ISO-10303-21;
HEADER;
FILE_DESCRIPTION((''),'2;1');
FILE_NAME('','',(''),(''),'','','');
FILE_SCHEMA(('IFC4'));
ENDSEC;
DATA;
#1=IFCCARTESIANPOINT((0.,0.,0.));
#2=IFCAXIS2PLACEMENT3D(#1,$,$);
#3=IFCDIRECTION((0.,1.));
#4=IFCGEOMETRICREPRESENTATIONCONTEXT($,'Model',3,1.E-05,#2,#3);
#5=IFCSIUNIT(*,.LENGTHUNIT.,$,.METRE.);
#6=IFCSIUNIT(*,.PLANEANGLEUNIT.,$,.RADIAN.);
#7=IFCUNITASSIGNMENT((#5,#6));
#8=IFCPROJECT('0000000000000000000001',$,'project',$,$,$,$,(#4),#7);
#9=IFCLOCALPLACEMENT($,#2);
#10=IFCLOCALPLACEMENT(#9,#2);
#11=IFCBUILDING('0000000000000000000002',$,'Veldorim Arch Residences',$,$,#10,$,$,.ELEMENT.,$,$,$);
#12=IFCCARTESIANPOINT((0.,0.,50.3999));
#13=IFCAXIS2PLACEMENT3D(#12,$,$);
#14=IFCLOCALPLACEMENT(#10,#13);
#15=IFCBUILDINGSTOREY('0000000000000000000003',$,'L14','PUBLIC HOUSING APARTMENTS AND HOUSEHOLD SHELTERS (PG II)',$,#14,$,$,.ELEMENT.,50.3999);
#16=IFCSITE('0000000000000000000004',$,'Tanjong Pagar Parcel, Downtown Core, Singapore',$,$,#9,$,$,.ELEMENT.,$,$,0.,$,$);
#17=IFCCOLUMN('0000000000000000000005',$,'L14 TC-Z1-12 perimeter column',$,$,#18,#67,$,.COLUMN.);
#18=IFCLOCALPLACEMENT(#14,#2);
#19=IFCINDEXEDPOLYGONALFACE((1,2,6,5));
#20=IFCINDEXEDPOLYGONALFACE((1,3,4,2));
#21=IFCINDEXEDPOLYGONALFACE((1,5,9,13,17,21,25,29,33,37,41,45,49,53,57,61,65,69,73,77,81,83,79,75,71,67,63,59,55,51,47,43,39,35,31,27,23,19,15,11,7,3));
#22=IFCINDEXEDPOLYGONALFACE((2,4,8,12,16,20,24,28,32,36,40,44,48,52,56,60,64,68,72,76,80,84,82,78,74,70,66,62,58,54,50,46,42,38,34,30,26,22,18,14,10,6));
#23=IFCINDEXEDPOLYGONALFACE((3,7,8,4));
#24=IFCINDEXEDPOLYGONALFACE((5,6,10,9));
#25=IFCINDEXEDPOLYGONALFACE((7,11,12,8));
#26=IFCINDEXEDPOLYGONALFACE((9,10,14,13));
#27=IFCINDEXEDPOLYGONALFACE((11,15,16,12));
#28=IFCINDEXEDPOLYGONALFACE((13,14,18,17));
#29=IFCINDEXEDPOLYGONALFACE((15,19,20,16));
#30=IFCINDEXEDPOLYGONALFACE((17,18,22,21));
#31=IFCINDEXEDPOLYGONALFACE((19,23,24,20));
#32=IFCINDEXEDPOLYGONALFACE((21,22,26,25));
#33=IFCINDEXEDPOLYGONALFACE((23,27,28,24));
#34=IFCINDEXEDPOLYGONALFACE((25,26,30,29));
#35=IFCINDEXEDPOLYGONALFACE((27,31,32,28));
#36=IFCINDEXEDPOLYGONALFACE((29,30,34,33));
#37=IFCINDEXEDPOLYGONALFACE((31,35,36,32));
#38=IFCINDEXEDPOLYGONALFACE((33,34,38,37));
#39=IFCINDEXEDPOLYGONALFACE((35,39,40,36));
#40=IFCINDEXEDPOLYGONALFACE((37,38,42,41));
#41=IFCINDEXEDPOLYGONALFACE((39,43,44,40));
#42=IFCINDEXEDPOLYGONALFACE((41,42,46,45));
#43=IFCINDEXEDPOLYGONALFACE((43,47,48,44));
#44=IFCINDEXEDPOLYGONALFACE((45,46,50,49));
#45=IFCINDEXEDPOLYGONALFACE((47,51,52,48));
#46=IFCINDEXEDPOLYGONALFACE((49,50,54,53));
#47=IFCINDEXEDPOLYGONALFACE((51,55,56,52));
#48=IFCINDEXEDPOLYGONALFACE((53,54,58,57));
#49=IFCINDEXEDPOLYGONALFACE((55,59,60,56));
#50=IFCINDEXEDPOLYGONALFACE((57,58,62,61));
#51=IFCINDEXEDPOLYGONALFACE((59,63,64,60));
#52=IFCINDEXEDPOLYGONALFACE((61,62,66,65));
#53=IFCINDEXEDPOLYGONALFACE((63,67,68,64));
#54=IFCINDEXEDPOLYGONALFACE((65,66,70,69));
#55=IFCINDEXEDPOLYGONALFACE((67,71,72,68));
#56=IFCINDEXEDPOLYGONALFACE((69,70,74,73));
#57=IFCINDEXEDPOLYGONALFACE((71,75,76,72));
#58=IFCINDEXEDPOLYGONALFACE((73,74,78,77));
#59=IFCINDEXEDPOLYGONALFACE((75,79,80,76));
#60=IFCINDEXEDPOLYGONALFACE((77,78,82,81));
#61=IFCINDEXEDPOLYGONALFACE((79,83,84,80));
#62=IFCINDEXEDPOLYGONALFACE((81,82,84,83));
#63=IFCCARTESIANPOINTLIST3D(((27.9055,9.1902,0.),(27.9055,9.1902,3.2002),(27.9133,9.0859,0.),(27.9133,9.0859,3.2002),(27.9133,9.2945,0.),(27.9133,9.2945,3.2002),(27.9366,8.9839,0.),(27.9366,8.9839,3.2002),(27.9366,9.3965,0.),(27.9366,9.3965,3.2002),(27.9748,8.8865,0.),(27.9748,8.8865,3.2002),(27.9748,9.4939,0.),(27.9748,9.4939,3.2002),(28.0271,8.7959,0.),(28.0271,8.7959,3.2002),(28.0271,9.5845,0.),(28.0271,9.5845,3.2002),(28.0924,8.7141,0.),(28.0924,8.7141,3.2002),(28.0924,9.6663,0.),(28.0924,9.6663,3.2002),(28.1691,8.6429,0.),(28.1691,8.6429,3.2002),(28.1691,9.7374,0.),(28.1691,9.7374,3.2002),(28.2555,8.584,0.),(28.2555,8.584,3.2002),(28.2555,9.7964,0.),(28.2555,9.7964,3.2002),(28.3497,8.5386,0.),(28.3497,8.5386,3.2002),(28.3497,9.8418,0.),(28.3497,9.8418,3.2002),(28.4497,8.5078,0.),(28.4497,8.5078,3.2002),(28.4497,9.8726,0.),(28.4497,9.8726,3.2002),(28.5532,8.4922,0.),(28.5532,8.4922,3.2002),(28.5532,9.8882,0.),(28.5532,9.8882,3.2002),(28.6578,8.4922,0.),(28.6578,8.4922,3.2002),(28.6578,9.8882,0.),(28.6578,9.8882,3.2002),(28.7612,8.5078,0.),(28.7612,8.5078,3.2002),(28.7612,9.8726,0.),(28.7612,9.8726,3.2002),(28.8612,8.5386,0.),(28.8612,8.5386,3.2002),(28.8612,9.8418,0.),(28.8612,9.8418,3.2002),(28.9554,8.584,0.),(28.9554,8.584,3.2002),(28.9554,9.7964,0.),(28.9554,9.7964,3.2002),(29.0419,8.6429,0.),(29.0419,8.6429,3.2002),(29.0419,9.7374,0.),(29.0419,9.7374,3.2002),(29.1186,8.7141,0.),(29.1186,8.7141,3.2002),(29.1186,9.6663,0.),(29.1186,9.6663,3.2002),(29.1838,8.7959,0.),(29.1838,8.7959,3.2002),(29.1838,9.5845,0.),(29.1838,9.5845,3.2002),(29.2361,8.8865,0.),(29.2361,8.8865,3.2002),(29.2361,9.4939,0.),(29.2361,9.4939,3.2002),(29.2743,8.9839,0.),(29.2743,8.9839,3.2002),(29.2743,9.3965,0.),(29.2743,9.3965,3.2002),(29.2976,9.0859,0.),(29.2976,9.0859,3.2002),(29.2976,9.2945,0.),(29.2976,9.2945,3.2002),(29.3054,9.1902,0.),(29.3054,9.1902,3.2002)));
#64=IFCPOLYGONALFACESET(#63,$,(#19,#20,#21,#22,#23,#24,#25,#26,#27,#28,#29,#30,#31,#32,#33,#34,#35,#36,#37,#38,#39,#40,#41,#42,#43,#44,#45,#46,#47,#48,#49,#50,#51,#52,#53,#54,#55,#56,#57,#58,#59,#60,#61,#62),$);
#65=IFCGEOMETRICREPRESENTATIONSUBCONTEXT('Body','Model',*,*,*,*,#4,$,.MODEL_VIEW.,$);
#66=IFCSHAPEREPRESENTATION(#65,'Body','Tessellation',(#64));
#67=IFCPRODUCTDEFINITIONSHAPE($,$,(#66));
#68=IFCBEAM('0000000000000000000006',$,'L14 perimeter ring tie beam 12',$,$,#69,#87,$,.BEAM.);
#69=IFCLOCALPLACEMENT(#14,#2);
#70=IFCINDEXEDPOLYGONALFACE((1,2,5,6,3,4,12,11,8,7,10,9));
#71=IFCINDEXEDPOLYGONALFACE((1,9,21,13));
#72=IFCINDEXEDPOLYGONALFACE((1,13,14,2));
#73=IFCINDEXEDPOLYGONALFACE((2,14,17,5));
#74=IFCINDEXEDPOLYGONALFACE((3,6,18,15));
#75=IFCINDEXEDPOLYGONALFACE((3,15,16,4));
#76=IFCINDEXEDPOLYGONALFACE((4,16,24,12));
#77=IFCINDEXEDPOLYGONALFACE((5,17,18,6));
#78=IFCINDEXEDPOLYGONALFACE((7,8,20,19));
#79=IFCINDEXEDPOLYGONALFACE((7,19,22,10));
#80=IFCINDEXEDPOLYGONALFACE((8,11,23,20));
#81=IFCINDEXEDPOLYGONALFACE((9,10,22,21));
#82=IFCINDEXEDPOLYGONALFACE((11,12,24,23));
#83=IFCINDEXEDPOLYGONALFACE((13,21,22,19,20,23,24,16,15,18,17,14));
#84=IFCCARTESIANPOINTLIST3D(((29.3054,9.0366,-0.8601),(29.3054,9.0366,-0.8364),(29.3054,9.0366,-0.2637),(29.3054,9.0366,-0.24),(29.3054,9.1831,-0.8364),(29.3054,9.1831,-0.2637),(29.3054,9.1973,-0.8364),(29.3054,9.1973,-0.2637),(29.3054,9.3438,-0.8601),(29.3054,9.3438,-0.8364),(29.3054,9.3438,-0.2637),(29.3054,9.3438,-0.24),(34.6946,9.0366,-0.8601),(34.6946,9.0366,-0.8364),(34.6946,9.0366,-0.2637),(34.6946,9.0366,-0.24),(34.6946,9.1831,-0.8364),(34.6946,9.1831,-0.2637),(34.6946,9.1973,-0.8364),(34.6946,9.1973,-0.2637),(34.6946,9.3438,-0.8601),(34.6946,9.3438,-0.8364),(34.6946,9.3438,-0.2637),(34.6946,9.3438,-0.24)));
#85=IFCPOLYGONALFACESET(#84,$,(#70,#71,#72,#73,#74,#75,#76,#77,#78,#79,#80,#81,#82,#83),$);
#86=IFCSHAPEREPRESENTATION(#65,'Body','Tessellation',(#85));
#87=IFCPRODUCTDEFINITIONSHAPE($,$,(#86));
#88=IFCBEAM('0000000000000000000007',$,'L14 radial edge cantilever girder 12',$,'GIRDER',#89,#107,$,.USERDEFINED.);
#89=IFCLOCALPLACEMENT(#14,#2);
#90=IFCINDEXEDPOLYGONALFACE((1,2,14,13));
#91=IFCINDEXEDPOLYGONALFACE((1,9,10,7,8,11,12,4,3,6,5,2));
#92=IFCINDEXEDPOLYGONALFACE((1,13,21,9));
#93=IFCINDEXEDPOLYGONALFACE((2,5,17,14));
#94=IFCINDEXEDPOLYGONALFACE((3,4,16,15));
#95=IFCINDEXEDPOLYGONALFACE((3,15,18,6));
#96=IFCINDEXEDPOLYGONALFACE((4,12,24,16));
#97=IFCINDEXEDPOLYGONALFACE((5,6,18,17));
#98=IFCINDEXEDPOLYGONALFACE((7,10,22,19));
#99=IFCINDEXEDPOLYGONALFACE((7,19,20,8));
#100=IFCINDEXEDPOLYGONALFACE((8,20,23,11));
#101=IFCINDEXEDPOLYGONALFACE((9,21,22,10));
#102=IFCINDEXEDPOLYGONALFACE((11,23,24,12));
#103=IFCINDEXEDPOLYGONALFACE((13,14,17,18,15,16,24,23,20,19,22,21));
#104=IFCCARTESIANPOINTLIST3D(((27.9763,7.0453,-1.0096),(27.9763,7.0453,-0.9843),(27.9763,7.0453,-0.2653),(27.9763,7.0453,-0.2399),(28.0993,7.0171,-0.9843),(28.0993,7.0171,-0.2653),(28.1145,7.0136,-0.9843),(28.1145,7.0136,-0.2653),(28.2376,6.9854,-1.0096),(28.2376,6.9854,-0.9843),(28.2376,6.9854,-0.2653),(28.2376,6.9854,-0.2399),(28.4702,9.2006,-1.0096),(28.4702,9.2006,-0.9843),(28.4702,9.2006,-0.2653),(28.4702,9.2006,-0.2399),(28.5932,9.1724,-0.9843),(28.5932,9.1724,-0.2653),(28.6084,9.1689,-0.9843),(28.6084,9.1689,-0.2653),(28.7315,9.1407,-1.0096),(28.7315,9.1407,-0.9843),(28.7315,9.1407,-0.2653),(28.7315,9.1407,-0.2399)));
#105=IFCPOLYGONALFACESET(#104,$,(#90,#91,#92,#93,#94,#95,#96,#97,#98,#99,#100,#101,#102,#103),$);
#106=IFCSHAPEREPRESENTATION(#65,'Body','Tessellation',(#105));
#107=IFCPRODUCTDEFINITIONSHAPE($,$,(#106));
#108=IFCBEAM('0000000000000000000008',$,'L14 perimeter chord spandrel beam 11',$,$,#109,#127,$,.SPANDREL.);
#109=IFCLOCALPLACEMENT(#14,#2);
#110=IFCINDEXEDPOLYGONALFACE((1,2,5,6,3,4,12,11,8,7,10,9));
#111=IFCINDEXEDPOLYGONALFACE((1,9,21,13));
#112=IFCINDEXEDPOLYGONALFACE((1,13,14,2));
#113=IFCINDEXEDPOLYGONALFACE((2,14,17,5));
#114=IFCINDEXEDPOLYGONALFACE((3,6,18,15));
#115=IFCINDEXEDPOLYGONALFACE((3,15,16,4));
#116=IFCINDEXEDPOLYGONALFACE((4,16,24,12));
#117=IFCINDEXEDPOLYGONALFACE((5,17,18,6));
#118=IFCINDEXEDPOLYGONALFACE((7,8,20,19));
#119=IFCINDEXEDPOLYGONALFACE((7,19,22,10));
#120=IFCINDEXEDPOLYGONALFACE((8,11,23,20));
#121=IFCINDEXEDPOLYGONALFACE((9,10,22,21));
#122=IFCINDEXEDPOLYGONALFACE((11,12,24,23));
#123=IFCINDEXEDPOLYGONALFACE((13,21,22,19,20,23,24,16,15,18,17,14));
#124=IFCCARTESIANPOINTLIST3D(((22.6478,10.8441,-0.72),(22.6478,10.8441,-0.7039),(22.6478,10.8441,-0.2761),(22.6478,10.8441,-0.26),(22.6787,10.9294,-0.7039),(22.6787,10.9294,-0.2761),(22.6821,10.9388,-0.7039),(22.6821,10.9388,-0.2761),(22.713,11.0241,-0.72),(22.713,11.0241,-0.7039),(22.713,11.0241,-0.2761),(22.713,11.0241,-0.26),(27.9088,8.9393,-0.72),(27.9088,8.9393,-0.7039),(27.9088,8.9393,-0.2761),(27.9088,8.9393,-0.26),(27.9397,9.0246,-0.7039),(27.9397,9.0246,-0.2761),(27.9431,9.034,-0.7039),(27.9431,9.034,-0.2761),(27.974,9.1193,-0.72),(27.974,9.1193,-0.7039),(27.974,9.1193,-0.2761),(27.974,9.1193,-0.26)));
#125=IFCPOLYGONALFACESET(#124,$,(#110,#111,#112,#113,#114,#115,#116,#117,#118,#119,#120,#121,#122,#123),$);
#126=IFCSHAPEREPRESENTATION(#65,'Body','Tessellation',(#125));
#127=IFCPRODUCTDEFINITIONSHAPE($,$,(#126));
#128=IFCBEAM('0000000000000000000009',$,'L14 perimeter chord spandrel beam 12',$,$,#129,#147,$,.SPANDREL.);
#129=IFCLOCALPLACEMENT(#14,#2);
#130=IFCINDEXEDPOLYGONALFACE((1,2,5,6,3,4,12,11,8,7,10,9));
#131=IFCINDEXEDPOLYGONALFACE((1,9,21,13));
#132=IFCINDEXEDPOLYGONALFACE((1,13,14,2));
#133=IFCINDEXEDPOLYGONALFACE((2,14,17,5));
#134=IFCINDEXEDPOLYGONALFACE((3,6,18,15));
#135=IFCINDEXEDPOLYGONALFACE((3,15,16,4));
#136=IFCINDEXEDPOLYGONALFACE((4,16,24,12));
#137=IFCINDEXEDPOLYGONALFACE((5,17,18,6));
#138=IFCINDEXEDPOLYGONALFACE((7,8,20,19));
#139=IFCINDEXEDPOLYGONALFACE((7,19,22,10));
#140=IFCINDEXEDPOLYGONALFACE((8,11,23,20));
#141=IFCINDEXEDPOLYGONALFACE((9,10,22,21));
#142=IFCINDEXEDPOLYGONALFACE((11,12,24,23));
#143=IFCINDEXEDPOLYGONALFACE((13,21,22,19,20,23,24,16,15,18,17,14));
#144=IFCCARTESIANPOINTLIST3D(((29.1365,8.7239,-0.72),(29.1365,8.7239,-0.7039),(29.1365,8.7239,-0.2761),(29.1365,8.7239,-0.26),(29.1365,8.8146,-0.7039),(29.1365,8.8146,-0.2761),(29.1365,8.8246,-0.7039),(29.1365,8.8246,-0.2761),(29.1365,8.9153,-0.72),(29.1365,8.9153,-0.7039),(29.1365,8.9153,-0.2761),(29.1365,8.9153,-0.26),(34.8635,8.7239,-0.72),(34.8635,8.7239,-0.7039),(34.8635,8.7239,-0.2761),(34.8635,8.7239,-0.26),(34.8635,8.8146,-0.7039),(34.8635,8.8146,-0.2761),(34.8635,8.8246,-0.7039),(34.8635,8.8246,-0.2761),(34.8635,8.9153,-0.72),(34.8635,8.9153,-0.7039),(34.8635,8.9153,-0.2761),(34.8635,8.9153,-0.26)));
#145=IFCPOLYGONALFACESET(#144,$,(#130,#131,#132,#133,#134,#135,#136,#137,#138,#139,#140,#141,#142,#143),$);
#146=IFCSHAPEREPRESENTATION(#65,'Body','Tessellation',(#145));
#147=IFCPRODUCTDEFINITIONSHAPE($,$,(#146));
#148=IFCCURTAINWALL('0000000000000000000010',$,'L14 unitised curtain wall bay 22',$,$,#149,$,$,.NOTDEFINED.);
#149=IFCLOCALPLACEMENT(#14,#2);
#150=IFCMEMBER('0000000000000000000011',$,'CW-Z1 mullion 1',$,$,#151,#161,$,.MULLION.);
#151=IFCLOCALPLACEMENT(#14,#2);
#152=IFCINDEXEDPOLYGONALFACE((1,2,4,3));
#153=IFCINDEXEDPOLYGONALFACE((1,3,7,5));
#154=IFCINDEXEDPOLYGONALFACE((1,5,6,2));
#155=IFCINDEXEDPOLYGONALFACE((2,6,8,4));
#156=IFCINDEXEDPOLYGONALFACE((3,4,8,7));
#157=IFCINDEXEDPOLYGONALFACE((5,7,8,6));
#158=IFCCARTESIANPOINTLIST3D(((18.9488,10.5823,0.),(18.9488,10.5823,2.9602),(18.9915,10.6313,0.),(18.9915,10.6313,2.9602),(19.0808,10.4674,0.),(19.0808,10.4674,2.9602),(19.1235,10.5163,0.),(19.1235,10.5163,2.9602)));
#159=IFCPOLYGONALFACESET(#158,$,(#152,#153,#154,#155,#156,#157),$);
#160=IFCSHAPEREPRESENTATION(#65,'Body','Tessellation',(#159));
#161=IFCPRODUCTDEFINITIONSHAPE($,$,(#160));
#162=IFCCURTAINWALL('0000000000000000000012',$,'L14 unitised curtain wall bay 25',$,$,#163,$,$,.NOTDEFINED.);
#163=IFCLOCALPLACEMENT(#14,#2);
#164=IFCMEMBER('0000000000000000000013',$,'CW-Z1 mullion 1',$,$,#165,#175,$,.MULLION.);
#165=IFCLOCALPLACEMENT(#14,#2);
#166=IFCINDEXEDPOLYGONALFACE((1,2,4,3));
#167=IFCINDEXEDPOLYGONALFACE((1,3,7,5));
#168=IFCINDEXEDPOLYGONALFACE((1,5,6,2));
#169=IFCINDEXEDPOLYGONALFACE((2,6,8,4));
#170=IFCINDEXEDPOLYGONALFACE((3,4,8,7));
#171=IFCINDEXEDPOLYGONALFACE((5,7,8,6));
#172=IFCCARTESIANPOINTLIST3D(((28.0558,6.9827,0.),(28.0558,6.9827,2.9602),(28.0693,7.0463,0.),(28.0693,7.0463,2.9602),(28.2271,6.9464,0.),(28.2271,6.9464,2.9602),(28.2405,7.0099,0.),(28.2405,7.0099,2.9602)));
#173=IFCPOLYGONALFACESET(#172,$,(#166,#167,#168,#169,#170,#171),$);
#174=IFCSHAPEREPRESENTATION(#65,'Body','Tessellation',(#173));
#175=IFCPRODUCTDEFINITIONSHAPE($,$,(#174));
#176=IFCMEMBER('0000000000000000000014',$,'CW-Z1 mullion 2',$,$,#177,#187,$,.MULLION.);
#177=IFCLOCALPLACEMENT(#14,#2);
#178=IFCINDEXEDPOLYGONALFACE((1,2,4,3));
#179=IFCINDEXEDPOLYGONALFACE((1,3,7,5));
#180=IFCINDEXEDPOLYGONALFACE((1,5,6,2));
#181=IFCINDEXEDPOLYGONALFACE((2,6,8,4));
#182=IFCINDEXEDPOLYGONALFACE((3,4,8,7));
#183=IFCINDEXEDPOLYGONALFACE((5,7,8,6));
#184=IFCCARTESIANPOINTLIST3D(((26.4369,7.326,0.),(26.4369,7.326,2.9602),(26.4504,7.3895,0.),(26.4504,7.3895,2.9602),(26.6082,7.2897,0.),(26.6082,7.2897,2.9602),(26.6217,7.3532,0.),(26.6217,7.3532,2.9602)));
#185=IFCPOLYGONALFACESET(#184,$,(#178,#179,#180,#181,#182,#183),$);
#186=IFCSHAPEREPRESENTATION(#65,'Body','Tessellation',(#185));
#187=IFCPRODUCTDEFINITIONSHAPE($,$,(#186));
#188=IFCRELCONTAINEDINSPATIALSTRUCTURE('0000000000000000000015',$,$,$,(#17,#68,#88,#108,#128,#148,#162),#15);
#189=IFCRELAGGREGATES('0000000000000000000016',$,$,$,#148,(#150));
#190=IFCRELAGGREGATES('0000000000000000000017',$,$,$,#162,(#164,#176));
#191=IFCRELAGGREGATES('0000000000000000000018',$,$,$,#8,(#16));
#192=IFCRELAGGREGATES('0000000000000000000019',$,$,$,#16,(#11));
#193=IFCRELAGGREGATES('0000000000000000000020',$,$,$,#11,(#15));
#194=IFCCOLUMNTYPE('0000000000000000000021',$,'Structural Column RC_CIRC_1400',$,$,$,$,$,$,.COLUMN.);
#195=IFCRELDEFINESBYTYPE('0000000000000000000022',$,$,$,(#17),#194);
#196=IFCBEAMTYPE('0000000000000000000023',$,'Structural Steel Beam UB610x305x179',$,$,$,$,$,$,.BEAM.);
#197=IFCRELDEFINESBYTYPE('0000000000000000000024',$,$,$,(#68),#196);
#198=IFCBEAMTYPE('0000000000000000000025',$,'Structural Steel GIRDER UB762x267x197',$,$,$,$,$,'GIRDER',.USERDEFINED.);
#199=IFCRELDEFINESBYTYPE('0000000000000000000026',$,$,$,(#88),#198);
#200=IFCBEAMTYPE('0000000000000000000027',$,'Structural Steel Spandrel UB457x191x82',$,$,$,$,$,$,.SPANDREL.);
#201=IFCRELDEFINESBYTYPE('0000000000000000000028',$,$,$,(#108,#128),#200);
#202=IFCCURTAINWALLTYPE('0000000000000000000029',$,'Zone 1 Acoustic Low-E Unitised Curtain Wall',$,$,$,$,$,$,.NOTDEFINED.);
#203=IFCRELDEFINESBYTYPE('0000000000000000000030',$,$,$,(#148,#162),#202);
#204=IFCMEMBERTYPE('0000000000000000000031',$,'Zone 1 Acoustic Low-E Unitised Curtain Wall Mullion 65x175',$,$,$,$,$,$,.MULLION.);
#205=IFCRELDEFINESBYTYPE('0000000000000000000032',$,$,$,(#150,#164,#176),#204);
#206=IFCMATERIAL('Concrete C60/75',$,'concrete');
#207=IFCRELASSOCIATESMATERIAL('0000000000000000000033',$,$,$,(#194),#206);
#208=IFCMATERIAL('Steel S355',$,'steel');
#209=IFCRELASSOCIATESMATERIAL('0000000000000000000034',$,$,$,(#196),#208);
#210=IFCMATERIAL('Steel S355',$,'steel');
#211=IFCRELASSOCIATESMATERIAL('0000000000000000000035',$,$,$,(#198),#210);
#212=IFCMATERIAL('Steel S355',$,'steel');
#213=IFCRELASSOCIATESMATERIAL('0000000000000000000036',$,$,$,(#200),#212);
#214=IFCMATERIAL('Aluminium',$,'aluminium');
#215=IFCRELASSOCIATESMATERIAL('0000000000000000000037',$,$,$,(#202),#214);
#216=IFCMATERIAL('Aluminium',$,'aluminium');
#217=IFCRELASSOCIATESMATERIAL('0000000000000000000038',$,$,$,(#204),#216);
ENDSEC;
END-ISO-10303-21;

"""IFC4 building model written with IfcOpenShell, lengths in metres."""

from ifc_helpers import new_model, si_unit, direction, frame, origin, origin_2d, place, context, subcontext, project, spatial, rectangle, circle, i_section, extrude, material, material_profile, profile_set, type_object, element, aggregate, save


model = new_model("IFC4")

# Units and contexts
model_context = context("Model", 3, precision=1e-05, world=origin(), true_north=direction((0.0, 1.0)))
body_context = subcontext(model_context, "Body", "Model", "MODEL_VIEW")
ifc_project = project(units=[si_unit("LENGTHUNIT", "METRE"), si_unit("PLANEANGLEUNIT", "RADIAN")], contexts=[model_context])

# Site, building, storey
site_placement = place(None, origin())
site = spatial("IfcSite", under=ifc_project, at=site_placement, Name="Tanjong Pagar Parcel, Downtown Core, Singapore", CompositionType="ELEMENT", RefElevation=0.0)
building_placement = place(site_placement, origin())
building = spatial("IfcBuilding", under=site, at=building_placement, Name="Veldorim Arch Residences", CompositionType="ELEMENT")
storey_placement = place(building_placement, frame((0.0, 0.0, 50.3999)))
storey = spatial("IfcBuildingStorey", under=building, at=storey_placement, Name="L14", Description="PUBLIC HOUSING APARTMENTS AND HOUSEHOLD SHELTERS (PG II)", CompositionType="ELEMENT", Elevation=50.3999)

# Column
ifc_material_1 = material(Name="Concrete C60/75", Category="concrete")
ifc_material_profile_1 = material_profile(ifc_material_1, circle(Radius=0.7, at=origin_2d()), Name="RC_CIRC_1400")
ifc_profile_set_1 = profile_set([ifc_material_profile_1], Name="Concrete C60/75")
column_type = type_object("IfcColumnType", Name="Structural Column RC_CIRC_1400", PredefinedType="COLUMN", material=ifc_profile_set_1)
column_placement = place(storey_placement, frame((28.6055, 9.1902, 0.0), z_axis=(0.0, 0.0, 1.0), x_axis=(1.0, 0.0, 0.0)))
element("IfcColumn", 1, at=column_placement, inside=storey, type_object=column_type, Name="L14 TC-Z1-12 perimeter column", PredefinedType="COLUMN", context=body_context, shape_type="SweptSolid", body=[
    extrude(circle(Radius=0.7, at=origin_2d()), origin(), (0.0, 0.0, 1.0), 3.2002),
])

# Beams
ifc_material_2 = material(Name="Steel S355", Category="steel")
ifc_material_profile_2 = material_profile(ifc_material_2, i_section(OverallWidth=0.3071, OverallDepth=0.6201, WebThickness=0.0142, FlangeThickness=0.0237, at=origin_2d()), Name="UB610x305x179")
ifc_profile_set_2 = profile_set([ifc_material_profile_2], Name="Steel S355")
beam_type_1 = type_object("IfcBeamType", Name="Structural Steel Beam UB610x305x179", PredefinedType="BEAM", material=ifc_profile_set_2)
beam_1_placement = place(storey_placement, frame((29.3054, 9.1902, -0.55), z_axis=(1.0, 0.0, 0.0), x_axis=(0.0, 1.0, 0.0)))
element("IfcBeam", 2, at=beam_1_placement, inside=storey, type_object=beam_type_1, Name="L14 perimeter ring tie beam 12", PredefinedType="BEAM", context=body_context, shape_type="SweptSolid", body=[
    extrude(i_section(OverallWidth=0.3071, OverallDepth=0.6201, WebThickness=0.0142, FlangeThickness=0.0237, at=origin_2d()), origin(), (0.0, 0.0, 1.0), 5.3892),
])
ifc_material_3 = material(Name="Steel S355", Category="steel")
ifc_material_profile_3 = material_profile(ifc_material_3, i_section(OverallWidth=0.2681, OverallDepth=0.7698, WebThickness=0.0156, FlangeThickness=0.0254, at=origin_2d()), Name="UB762x267x197")
ifc_profile_set_3 = profile_set([ifc_material_profile_3], Name="Steel S355")
beam_type_2 = type_object("IfcBeamType", Name="Structural Steel GIRDER UB762x267x197", ElementType="GIRDER", PredefinedType="USERDEFINED", material=ifc_profile_set_3)
beam_2_placement = place(storey_placement, frame((28.6008, 9.1707, -0.6248), z_axis=(-0.223367, -0.974734, 0.0), x_axis=(0.974734, -0.223367, 0.0)))
element("IfcBeam", 3, at=beam_2_placement, inside=storey, type_object=beam_type_2, Name="L14 radial edge cantilever girder 12", ObjectType="GIRDER", PredefinedType="USERDEFINED", context=body_context, shape_type="SweptSolid", body=[
    extrude(i_section(OverallWidth=0.2681, OverallDepth=0.7698, WebThickness=0.0156, FlangeThickness=0.0254, at=origin_2d()), origin(), (0.0, 0.0, 1.0), 2.2112),
])
ifc_material_4 = material(Name="Steel S355", Category="steel")
ifc_material_profile_4 = material_profile(ifc_material_4, i_section(OverallWidth=0.1914, OverallDepth=0.46, WebThickness=0.01, FlangeThickness=0.0161, at=origin_2d()), Name="UB457x191x82")
ifc_profile_set_4 = profile_set([ifc_material_profile_4], Name="Steel S355")
beam_type_3 = type_object("IfcBeamType", Name="Structural Steel Spandrel UB457x191x82", PredefinedType="SPANDREL", material=ifc_profile_set_4)
beam_3_placement = place(storey_placement, frame((22.6804, 10.9341, -0.49), z_axis=(0.940269, -0.340432, 0.0), x_axis=(0.340432, 0.940269, 0.0)))
element("IfcBeam", 4, at=beam_3_placement, inside=storey, type_object=beam_type_3, Name="L14 perimeter chord spandrel beam 11", PredefinedType="SPANDREL", context=body_context, shape_type="SweptSolid", body=[
    extrude(i_section(OverallWidth=0.1914, OverallDepth=0.46, WebThickness=0.01, FlangeThickness=0.0161, at=origin_2d()), origin(), (0.0, 0.0, 1.0), 5.5952),
])
beam_4_placement = place(storey_placement, frame((29.1365, 8.8196, -0.49), z_axis=(1.0, 0.0, 0.0), x_axis=(0.0, 1.0, 0.0)))
element("IfcBeam", 5, at=beam_4_placement, inside=storey, type_object=beam_type_3, Name="L14 perimeter chord spandrel beam 12", PredefinedType="SPANDREL", context=body_context, shape_type="SweptSolid", body=[
    extrude(i_section(OverallWidth=0.1914, OverallDepth=0.46, WebThickness=0.01, FlangeThickness=0.0161, at=origin_2d()), origin(), (0.0, 0.0, 1.0), 5.7271),
])

# Curtain wall, member
ifc_material_5 = material(Name="Aluminium", Category="aluminium")
curtain_wall_type = type_object("IfcCurtainWallType", Name="Zone 1 Acoustic Low-E Unitised Curtain Wall", PredefinedType="NOTDEFINED", material=ifc_material_5)
curtain_wall_1_placement = place(storey_placement, origin())
curtain_wall_1 = element("IfcCurtainWall", 6, at=curtain_wall_1_placement, inside=storey, type_object=curtain_wall_type, Name="L14 unitised curtain wall bay 22", PredefinedType="NOTDEFINED")
ifc_material_6 = material(Name="Aluminium", Category="aluminium")
ifc_material_profile_5 = material_profile(ifc_material_6, rectangle(XDim=0.0649, YDim=0.175, at=origin_2d()), Name="ALU_MUL_65x175")
ifc_profile_set_5 = profile_set([ifc_material_profile_5], Name="Aluminium")
member_type_1 = type_object("IfcMemberType", Name="Zone 1 Acoustic Low-E Unitised Curtain Wall Mullion 65x175", PredefinedType="MULLION", material=ifc_profile_set_5)
member_1_placement = place(storey_placement, frame((19.0361, 10.5493, 0.0), z_axis=(0.0, 0.0, 1.0), x_axis=(-0.656719, -0.754136, 0.0)))
member_1 = element("IfcMember", 7, at=member_1_placement, type_object=member_type_1, Name="CW-Z1 mullion 1", PredefinedType="MULLION", context=body_context, shape_type="SweptSolid", body=[
    extrude(rectangle(XDim=0.0649, YDim=0.175, at=origin_2d()), origin(), (0.0, 0.0, 1.0), 2.9602),
])
aggregate(curtain_wall_1, [member_1])

# Curtain wall, members
curtain_wall_2_placement = place(storey_placement, origin())
curtain_wall_2 = element("IfcCurtainWall", 8, at=curtain_wall_2_placement, inside=storey, type_object=curtain_wall_type, Name="L14 unitised curtain wall bay 25", PredefinedType="NOTDEFINED")
member_2_placement = place(storey_placement, frame((28.1482, 6.9963, 0.0), z_axis=(0.0, 0.0, 1.0), x_axis=(-0.207442, -0.978247, 0.0)))
member_2 = element("IfcMember", 9, at=member_2_placement, type_object=member_type_1, Name="CW-Z1 mullion 1", PredefinedType="MULLION", context=body_context, shape_type="SweptSolid", body=[
    extrude(rectangle(XDim=0.0649, YDim=0.175, at=origin_2d()), origin(), (0.0, 0.0, 1.0), 2.9602),
])
member_3_placement = place(storey_placement, frame((26.5293, 7.3396, 0.0), z_axis=(0.0, 0.0, 1.0), x_axis=(-0.207442, -0.978247, 0.0)))
member_3 = element("IfcMember", 10, at=member_3_placement, type_object=member_type_1, Name="CW-Z1 mullion 2", PredefinedType="MULLION", context=body_context, shape_type="SweptSolid", body=[
    extrude(rectangle(XDim=0.0649, YDim=0.175, at=origin_2d()), origin(), (0.0, 0.0, 1.0), 2.9602),
])
aggregate(curtain_wall_2, [member_2, member_3])

save(model, "model.ifc")
